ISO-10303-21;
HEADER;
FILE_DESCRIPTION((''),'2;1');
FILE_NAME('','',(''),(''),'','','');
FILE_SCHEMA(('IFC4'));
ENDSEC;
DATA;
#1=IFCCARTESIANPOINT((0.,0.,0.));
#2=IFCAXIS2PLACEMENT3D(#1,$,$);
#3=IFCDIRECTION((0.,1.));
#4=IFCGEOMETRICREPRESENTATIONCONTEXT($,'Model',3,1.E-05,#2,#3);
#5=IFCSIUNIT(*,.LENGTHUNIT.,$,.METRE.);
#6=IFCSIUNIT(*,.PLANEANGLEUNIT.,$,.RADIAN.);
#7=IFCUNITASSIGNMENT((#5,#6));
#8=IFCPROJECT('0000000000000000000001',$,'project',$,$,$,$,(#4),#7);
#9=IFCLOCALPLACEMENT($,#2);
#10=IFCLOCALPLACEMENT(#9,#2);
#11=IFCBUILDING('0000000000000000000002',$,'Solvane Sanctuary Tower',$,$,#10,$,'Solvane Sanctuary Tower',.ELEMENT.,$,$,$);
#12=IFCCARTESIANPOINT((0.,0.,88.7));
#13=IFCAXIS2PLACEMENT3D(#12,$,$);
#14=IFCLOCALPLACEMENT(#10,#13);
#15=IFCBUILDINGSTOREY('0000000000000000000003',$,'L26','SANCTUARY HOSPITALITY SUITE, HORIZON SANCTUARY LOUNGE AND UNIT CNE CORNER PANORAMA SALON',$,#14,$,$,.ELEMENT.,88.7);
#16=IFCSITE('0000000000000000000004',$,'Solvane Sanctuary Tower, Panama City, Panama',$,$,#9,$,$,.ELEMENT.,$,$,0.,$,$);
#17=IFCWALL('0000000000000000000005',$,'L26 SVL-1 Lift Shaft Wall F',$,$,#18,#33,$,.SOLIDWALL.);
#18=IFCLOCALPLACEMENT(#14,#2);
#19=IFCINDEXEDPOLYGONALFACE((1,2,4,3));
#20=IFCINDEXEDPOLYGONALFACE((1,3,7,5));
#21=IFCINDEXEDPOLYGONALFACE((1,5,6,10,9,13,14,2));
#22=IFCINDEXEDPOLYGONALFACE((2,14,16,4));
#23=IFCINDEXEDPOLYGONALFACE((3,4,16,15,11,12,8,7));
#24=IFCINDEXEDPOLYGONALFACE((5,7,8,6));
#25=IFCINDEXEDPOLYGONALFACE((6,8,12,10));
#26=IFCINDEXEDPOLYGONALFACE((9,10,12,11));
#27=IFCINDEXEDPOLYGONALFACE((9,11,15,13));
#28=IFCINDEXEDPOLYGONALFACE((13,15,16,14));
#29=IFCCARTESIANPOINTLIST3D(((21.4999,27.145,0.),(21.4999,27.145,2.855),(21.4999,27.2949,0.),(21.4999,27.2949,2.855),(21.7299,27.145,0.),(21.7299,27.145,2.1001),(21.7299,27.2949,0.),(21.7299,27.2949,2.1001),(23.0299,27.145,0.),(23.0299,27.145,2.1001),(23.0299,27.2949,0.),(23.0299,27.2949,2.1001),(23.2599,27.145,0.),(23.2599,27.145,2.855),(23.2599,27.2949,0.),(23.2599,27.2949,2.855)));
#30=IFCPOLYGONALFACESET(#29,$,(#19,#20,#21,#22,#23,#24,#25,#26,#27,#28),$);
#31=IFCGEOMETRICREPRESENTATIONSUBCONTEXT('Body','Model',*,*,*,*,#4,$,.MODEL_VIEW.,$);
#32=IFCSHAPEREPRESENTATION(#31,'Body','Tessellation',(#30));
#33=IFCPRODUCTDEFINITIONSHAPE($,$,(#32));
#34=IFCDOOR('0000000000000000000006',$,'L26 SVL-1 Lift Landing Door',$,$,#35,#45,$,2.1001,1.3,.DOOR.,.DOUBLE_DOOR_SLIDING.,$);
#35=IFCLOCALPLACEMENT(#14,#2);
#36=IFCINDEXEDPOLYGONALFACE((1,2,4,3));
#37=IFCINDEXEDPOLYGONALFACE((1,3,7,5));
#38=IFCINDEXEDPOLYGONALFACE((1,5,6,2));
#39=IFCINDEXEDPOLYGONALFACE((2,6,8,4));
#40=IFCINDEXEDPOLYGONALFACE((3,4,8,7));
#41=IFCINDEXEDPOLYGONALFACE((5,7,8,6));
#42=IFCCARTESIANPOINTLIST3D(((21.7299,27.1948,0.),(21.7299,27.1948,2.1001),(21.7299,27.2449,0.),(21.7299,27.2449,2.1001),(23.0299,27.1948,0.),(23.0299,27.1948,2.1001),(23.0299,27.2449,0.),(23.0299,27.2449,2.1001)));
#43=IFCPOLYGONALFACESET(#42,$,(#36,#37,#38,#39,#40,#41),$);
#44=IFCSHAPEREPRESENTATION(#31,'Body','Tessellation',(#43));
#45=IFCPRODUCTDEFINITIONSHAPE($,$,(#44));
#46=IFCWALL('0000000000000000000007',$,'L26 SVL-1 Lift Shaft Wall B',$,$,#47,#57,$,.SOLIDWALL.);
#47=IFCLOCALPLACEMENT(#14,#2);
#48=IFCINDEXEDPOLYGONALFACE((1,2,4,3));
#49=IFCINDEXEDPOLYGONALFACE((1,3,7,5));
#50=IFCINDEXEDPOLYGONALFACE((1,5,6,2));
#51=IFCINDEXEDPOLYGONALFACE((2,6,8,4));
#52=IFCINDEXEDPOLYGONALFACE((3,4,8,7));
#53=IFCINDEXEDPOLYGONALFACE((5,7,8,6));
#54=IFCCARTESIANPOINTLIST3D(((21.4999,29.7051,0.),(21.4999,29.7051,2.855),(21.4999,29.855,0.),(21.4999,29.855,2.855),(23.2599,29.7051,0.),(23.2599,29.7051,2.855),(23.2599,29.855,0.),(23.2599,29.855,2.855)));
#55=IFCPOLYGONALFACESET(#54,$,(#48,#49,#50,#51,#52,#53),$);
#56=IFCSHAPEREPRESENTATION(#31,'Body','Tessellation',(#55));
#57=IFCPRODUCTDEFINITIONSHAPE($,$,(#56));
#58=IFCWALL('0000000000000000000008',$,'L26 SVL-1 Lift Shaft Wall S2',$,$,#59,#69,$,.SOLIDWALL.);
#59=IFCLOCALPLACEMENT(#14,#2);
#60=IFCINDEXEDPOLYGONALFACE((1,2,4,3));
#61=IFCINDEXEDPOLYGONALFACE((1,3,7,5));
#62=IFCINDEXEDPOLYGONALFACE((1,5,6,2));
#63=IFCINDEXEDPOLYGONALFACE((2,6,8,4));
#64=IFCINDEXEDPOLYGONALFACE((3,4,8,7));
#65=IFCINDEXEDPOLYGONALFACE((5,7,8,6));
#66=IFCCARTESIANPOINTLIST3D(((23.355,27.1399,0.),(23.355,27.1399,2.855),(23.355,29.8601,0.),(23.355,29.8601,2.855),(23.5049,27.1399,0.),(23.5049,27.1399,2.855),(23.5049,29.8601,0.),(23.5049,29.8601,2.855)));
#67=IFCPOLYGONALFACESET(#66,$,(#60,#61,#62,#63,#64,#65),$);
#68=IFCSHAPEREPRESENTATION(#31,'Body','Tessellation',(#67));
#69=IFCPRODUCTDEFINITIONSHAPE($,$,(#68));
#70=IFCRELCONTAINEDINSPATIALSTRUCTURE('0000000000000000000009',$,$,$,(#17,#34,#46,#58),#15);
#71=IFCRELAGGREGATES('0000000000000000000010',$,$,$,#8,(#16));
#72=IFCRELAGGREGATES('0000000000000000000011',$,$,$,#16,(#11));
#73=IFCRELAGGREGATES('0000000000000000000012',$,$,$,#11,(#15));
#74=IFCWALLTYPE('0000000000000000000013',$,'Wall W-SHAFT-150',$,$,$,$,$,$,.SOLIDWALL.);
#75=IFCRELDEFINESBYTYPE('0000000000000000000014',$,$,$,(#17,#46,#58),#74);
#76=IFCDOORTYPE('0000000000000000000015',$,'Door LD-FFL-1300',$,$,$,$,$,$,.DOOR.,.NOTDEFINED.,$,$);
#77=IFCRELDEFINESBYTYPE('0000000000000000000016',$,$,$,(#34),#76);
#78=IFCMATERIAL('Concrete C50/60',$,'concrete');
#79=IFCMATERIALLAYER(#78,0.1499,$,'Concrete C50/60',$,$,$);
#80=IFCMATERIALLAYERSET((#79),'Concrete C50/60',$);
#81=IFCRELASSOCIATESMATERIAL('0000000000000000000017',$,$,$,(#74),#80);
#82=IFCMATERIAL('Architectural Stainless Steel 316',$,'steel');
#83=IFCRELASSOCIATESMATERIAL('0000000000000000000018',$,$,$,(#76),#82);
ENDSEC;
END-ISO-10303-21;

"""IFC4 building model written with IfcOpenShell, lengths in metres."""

from ifc_helpers import new_model, si_unit, direction, frame, frame_2d, origin, place, context, subcontext, project, spatial, rectangle, extrude, material, layer, layer_set, type_object, element, fill, save


model = new_model("IFC4")

# Units and contexts
model_context = context("Model", 3, precision=1e-05, world=origin(), true_north=direction((0.0, 1.0)))
body_context = subcontext(model_context, "Body", "Model", "MODEL_VIEW")
ifc_project = project(units=[si_unit("LENGTHUNIT", "METRE"), si_unit("PLANEANGLEUNIT", "RADIAN")], contexts=[model_context])

# Site, building, storey
site_placement = place(None, origin())
site = spatial("IfcSite", under=ifc_project, at=site_placement, Name="Solvane Sanctuary Tower, Panama City, Panama", CompositionType="ELEMENT", RefElevation=0.0)
building_placement = place(site_placement, origin())
building = spatial("IfcBuilding", under=site, at=building_placement, Name="Solvane Sanctuary Tower", LongName="Solvane Sanctuary Tower", CompositionType="ELEMENT")
storey_placement = place(building_placement, frame((0.0, 0.0, 88.7)))
storey = spatial("IfcBuildingStorey", under=building, at=storey_placement, Name="L26", Description="SANCTUARY HOSPITALITY SUITE, HORIZON SANCTUARY LOUNGE AND UNIT CNE CORNER PANORAMA SALON", CompositionType="ELEMENT", Elevation=88.7)

# Shared definitions
ifc_material_1 = material(Name="Architectural Stainless Steel 316", Category="steel")

# Shared definitions
ifc_material_2 = material(Name="Concrete C50/60", Category="concrete")
ifc_layer_1 = layer(ifc_material_2, 0.1499, Name="Concrete C50/60")
ifc_layer_set_1 = layer_set([ifc_layer_1], Name="Concrete C50/60")
wall_type_1 = type_object("IfcWallType", Name="Wall W-SHAFT-150", PredefinedType="SOLIDWALL", material=ifc_layer_set_1)

# Wall, opening, door
wall_1_placement = place(storey_placement, frame((21.5, 27.22, 0.0), z_axis=(0.0, 0.0, 1.0), x_axis=(1.0, 0.0, 0.0)))
wall_1 = element("IfcWall", 1, at=wall_1_placement, inside=storey, type_object=wall_type_1, Name="L26 SVL-1 Lift Shaft Wall F", PredefinedType="SOLIDWALL", context=body_context, shape_type="SweptSolid", body=[
    extrude(rectangle(XDim=1.76, YDim=0.1499, at=frame_2d((0.8799, 0.0))), origin(), (0.0, 0.0, 1.0), 2.855),
])
opening_1_placement = place(wall_1_placement, frame((0.23, 0.0, 0.0)))
opening_1 = element("IfcOpeningElement", 2, at=opening_1_placement, cuts=wall_1, PredefinedType="OPENING", context=body_context, shape_type="SweptSolid", body=[
    extrude(rectangle(XDim=1.3, YDim=2.1001, at=frame_2d((0.6499, 1.05))), frame((0.0, 0.085, 0.0), z_axis=(0.0, -1.0, 0.0), x_axis=(1.0, 0.0, 0.0)), (0.0, 0.0, 1.0), 0.1699),
])
door_type_1 = type_object("IfcDoorType", Name="Door LD-FFL-1300", OperationType="NOTDEFINED", PredefinedType="DOOR", material=ifc_material_1)
door_1_placement = place(opening_1_placement, origin())
door_1 = element("IfcDoor", 3, at=door_1_placement, inside=storey, type_object=door_type_1, Name="L26 SVL-1 Lift Landing Door", OperationType="DOUBLE_DOOR_SLIDING", OverallHeight=2.1001, OverallWidth=1.3, PredefinedType="DOOR", context=body_context, shape_type="SweptSolid", body=[
    extrude(rectangle(XDim=1.3, YDim=2.1001, at=frame_2d((0.6499, 1.05))), frame((0.0, 0.0249, 0.0), z_axis=(0.0, -1.0, 0.0), x_axis=(1.0, 0.0, 0.0)), (0.0, 0.0, 1.0), 0.05),
])
fill(opening_1, door_1)

# Walls
wall_2_placement = place(storey_placement, frame((21.5, 29.78, 0.0), z_axis=(0.0, 0.0, 1.0), x_axis=(1.0, 0.0, 0.0)))
element("IfcWall", 4, at=wall_2_placement, inside=storey, type_object=wall_type_1, Name="L26 SVL-1 Lift Shaft Wall B", PredefinedType="SOLIDWALL", context=body_context, shape_type="SweptSolid", body=[
    extrude(rectangle(XDim=1.76, YDim=0.1499, at=frame_2d((0.8799, 0.0))), origin(), (0.0, 0.0, 1.0), 2.855),
])
wall_3_placement = place(storey_placement, frame((23.4299, 27.1399, 0.0), z_axis=(0.0, 0.0, 1.0), x_axis=(0.0, 1.0, 0.0)))
element("IfcWall", 5, at=wall_3_placement, inside=storey, type_object=wall_type_1, Name="L26 SVL-1 Lift Shaft Wall S2", PredefinedType="SOLIDWALL", context=body_context, shape_type="SweptSolid", body=[
    extrude(rectangle(XDim=2.7202, YDim=0.1499, at=frame_2d((1.3601, 0.0))), origin(), (0.0, 0.0, 1.0), 2.855),
])

save(model, "model.ifc")
